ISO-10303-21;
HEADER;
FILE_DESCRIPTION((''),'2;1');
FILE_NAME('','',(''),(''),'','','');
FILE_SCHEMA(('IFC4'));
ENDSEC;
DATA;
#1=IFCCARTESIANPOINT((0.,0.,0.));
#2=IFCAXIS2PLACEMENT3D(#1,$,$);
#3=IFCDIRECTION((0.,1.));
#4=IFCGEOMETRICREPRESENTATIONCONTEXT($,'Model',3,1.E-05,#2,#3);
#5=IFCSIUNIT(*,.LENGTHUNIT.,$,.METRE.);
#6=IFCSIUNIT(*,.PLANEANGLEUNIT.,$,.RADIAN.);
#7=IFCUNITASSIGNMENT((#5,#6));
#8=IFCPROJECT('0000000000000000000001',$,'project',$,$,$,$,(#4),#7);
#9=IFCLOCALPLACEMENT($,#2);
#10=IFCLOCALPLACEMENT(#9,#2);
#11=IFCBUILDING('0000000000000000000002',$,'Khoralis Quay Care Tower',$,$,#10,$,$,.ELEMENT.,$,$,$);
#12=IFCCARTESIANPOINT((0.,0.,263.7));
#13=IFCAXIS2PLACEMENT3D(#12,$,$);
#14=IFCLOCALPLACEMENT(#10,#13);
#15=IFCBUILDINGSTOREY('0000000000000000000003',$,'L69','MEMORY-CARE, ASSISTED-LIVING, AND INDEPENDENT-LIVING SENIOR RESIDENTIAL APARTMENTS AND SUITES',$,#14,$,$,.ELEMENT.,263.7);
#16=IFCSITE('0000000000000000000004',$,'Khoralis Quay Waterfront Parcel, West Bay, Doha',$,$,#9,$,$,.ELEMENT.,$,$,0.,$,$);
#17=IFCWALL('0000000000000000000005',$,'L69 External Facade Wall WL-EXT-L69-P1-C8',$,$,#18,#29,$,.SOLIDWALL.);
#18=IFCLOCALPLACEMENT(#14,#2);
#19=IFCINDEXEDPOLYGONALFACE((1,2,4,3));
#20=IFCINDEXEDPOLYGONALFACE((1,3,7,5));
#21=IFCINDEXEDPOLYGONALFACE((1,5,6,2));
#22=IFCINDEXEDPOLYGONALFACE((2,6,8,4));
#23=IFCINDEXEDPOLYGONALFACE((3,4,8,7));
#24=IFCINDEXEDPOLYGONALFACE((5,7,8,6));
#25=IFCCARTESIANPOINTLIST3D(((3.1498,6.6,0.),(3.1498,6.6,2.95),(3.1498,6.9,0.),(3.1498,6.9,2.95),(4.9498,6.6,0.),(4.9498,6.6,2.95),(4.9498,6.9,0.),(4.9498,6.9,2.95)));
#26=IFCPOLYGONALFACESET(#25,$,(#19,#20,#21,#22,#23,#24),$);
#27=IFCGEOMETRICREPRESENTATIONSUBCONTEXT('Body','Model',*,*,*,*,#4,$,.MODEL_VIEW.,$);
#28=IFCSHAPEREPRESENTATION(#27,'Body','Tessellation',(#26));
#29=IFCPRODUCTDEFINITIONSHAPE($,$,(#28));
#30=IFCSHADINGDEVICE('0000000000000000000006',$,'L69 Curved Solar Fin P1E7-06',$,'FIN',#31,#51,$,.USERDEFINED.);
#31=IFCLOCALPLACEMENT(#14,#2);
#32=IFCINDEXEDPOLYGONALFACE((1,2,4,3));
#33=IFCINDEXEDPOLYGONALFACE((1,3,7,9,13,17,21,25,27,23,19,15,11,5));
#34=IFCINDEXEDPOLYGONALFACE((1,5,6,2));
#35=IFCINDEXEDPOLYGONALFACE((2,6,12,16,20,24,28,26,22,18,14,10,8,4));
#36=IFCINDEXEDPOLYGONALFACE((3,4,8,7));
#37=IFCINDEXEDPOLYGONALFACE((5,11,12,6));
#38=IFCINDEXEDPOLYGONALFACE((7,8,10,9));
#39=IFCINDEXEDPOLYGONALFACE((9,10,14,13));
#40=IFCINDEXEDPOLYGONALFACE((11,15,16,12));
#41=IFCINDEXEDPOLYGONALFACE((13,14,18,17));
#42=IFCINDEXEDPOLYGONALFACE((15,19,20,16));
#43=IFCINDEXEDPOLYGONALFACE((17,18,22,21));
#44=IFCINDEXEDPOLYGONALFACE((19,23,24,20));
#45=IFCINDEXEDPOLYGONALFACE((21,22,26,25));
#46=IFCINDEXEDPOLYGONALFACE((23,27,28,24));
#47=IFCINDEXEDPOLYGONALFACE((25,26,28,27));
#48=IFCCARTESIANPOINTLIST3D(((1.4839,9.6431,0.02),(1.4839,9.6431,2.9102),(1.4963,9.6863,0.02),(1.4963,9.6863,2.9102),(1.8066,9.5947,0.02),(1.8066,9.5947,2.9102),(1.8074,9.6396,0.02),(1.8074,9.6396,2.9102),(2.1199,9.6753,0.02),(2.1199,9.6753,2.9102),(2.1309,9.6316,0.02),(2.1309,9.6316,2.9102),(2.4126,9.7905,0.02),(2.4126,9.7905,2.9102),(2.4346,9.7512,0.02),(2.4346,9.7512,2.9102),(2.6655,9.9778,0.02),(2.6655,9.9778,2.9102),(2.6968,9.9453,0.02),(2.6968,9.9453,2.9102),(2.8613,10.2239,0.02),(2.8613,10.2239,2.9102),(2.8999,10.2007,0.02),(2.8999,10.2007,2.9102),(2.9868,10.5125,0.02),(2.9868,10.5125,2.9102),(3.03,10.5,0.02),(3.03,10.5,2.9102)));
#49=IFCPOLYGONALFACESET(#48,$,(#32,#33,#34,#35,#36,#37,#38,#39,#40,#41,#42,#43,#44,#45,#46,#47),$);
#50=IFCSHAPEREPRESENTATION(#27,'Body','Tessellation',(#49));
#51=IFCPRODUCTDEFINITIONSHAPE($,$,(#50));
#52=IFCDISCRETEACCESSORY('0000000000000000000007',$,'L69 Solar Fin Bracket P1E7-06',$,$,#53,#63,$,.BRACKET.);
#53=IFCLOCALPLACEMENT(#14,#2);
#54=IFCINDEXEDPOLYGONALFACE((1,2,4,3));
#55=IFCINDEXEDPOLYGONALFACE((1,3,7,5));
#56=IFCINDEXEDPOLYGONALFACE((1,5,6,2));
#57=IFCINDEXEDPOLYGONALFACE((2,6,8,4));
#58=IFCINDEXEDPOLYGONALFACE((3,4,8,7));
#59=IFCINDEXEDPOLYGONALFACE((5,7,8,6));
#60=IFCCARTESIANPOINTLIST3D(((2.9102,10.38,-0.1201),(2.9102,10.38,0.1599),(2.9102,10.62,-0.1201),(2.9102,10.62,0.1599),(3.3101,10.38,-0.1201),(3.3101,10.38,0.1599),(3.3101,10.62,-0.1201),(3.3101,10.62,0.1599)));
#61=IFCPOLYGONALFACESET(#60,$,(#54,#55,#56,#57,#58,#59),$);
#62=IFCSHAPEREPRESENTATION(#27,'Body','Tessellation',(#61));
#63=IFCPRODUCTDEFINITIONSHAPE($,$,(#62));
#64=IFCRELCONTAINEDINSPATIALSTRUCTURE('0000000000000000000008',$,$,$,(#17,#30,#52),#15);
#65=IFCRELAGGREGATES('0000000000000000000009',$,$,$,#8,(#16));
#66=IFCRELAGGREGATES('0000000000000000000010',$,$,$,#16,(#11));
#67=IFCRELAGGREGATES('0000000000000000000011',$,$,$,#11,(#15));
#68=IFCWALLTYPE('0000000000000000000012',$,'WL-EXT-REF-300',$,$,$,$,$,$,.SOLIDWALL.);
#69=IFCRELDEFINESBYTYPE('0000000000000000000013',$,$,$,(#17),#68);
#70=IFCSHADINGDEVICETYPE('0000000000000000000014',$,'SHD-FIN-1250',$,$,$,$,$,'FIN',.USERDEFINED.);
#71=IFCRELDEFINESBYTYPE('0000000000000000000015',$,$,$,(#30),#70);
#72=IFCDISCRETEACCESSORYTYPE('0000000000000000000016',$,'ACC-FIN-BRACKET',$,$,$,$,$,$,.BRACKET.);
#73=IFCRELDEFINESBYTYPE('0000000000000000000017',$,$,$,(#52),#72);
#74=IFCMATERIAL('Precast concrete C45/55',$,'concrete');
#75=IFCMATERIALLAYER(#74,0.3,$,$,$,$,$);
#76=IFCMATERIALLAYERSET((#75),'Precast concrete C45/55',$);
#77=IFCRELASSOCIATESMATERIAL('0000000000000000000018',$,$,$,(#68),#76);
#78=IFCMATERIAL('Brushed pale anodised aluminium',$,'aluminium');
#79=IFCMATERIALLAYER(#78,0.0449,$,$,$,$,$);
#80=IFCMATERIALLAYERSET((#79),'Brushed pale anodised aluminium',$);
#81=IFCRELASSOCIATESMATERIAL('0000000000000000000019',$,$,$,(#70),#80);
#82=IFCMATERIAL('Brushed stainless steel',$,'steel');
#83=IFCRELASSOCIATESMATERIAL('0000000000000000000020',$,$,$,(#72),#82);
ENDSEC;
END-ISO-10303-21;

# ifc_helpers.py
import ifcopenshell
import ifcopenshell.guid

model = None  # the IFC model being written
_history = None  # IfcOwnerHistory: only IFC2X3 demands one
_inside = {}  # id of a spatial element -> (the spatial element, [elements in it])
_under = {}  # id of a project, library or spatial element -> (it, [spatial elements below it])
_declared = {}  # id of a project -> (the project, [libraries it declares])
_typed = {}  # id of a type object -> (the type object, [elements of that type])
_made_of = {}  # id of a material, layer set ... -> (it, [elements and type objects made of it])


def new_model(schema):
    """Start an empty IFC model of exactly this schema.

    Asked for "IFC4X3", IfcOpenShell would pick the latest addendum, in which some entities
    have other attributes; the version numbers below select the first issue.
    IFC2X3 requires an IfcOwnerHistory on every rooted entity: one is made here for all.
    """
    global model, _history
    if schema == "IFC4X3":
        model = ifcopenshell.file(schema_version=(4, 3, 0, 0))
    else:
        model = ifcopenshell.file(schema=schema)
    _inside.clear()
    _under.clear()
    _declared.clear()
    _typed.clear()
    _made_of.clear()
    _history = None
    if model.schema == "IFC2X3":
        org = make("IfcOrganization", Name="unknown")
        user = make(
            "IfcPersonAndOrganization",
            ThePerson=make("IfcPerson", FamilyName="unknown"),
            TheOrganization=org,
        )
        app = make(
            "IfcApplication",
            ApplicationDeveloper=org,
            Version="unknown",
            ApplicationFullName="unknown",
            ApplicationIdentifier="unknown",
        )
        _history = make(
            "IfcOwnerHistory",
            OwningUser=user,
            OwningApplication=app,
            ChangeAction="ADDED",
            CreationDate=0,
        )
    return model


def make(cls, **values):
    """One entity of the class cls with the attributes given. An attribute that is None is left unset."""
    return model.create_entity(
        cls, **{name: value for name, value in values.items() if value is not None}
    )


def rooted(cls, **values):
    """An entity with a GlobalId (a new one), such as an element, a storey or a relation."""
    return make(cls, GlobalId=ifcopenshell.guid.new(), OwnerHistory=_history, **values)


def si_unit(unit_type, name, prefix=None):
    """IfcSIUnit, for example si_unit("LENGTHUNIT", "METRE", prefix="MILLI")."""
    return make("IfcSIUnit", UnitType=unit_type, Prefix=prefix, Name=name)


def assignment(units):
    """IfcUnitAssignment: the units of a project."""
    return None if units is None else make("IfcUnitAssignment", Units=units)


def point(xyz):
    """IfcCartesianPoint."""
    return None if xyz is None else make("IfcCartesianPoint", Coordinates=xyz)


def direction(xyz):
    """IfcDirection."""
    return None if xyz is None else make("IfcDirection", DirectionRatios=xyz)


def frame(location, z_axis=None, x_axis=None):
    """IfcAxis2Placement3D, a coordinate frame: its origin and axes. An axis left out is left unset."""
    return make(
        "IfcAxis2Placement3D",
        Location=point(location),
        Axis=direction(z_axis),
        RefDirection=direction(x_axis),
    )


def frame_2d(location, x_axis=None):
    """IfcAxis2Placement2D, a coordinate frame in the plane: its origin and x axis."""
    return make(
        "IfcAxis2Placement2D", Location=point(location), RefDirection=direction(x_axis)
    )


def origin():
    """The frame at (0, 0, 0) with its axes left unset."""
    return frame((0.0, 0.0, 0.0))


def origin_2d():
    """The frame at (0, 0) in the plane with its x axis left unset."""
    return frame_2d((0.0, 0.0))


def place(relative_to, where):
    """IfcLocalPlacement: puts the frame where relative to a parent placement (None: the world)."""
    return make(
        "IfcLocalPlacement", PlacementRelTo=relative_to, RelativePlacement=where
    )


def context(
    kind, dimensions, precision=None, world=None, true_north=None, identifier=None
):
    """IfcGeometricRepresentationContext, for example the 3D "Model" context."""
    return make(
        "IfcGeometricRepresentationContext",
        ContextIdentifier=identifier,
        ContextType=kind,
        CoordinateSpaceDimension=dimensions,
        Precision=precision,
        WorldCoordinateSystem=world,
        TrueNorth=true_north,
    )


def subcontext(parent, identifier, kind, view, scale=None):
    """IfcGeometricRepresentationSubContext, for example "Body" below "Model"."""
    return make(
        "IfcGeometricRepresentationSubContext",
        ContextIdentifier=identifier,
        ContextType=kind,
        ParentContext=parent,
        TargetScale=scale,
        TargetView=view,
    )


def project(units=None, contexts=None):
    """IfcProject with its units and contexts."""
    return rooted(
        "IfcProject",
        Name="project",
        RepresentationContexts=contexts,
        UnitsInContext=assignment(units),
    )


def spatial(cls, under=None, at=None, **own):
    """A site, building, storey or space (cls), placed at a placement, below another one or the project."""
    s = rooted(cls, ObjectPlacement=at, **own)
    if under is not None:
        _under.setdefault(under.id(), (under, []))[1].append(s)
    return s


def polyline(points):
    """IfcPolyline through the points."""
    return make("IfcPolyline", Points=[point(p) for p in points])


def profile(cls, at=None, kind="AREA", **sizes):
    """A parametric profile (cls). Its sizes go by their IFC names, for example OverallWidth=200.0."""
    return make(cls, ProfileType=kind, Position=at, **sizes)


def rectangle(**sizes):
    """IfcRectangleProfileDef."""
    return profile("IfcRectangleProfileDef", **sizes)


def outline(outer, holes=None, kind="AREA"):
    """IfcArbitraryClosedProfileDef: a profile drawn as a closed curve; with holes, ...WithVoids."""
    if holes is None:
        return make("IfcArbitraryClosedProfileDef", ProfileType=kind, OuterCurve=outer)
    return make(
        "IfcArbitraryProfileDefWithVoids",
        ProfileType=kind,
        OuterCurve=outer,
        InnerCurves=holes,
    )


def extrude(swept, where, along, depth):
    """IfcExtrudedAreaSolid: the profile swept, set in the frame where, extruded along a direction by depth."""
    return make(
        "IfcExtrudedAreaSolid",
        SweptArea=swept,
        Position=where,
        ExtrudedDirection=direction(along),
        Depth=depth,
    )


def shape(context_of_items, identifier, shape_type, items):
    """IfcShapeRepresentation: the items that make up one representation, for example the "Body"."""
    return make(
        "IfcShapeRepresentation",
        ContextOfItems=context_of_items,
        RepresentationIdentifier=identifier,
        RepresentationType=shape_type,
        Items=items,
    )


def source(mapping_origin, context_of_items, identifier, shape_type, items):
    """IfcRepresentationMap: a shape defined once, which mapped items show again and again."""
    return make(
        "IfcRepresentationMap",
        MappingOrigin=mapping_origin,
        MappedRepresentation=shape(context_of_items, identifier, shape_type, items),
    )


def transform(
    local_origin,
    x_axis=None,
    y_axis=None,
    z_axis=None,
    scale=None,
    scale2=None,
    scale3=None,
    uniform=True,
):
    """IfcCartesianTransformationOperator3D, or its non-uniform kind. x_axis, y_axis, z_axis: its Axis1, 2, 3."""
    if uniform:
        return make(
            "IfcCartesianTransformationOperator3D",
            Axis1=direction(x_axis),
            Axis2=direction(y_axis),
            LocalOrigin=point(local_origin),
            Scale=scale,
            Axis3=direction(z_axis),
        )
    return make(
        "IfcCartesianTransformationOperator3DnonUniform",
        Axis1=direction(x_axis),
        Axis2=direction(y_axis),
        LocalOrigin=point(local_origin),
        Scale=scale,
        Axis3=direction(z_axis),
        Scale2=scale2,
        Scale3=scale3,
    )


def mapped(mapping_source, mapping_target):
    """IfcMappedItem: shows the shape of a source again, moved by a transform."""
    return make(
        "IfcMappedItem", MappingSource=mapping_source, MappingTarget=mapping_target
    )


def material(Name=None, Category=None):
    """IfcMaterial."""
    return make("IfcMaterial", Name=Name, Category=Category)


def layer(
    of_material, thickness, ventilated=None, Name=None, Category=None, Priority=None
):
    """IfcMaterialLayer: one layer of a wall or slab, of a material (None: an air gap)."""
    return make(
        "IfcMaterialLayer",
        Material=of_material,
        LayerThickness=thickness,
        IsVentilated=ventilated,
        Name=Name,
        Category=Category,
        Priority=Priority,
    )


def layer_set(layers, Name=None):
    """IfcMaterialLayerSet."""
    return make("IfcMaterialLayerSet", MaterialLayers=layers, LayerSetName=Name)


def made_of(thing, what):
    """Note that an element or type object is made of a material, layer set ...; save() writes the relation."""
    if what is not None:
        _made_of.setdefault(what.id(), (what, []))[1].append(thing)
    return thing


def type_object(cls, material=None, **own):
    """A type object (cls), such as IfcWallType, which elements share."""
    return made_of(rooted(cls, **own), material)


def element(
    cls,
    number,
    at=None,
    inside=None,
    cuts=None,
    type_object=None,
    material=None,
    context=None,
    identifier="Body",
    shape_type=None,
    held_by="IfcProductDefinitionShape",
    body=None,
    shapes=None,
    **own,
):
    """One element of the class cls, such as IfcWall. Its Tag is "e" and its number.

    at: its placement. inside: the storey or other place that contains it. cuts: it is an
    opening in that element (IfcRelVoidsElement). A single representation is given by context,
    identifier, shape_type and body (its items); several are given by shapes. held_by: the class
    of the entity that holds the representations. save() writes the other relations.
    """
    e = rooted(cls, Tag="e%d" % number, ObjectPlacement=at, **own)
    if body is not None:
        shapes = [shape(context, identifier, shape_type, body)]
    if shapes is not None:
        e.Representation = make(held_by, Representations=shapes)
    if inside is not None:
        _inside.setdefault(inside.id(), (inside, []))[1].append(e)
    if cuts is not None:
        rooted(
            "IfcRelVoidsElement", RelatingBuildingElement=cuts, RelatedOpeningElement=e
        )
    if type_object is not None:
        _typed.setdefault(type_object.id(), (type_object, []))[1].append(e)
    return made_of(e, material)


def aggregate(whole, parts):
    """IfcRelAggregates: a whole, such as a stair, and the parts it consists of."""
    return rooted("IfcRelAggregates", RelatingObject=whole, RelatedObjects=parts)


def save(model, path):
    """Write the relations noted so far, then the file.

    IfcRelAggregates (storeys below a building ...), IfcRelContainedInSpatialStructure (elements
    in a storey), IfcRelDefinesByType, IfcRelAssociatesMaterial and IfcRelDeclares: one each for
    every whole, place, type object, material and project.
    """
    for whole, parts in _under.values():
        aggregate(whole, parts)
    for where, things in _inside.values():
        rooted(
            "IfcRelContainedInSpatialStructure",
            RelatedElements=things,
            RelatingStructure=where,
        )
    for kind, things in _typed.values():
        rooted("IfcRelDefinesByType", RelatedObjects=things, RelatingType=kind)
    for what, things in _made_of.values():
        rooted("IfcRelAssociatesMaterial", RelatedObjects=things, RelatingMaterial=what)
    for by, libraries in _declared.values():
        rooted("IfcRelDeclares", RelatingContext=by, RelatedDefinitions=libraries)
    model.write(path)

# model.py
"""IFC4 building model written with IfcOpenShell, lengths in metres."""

from ifc_helpers import new_model, si_unit, direction, frame, frame_2d, origin, origin_2d, place, context, subcontext, project, spatial, polyline, rectangle, outline, extrude, source, transform, mapped, material, layer, layer_set, type_object, element, save


model = new_model("IFC4")

# Units and contexts
model_context = context("Model", 3, precision=1e-05, world=origin(), true_north=direction((0.0, 1.0)))
body_context = subcontext(model_context, "Body", "Model", "MODEL_VIEW")
ifc_project = project(units=[si_unit("LENGTHUNIT", "METRE"), si_unit("PLANEANGLEUNIT", "RADIAN")], contexts=[model_context])

# Site, building, storey
site_placement = place(None, origin())
site = spatial("IfcSite", under=ifc_project, at=site_placement, Name="Khoralis Quay Waterfront Parcel, West Bay, Doha", CompositionType="ELEMENT", RefElevation=0.0)
building_placement = place(site_placement, origin())
building = spatial("IfcBuilding", under=site, at=building_placement, Name="Khoralis Quay Care Tower", CompositionType="ELEMENT")
storey_placement = place(building_placement, frame((0.0, 0.0, 263.7)))
storey = spatial("IfcBuildingStorey", under=building, at=storey_placement, Name="L69", Description="MEMORY-CARE, ASSISTED-LIVING, AND INDEPENDENT-LIVING SENIOR RESIDENTIAL APARTMENTS AND SUITES", CompositionType="ELEMENT", Elevation=263.7)

# Shared definitions
ifc_material_1 = material(Name="Precast concrete C45/55", Category="concrete")

# Wall
ifc_layer_1 = layer(ifc_material_1, 0.3)
ifc_layer_set_1 = layer_set([ifc_layer_1], Name="Precast concrete C45/55")
wall_type_1 = type_object("IfcWallType", Name="WL-EXT-REF-300", PredefinedType="SOLIDWALL", material=ifc_layer_set_1)
wall_1_placement = place(storey_placement, frame((3.1499, 6.75, 0.0), z_axis=(0.0, 0.0, 1.0), x_axis=(1.0, 0.0, 0.0)))
element("IfcWall", 1, at=wall_1_placement, inside=storey, type_object=wall_type_1, Name="L69 External Facade Wall WL-EXT-L69-P1-C8", PredefinedType="SOLIDWALL", context=body_context, shape_type="SweptSolid", body=[
    extrude(rectangle(XDim=1.8, YDim=0.3, at=frame_2d((0.8999, 0.0))), origin(), (0.0, 0.0, 1.0), 2.95),
])

# Shading device
ifc_material_2 = material(Name="Brushed pale anodised aluminium", Category="aluminium")
ifc_layer_2 = layer(ifc_material_2, 0.0449)
ifc_layer_set_2 = layer_set([ifc_layer_2], Name="Brushed pale anodised aluminium")
shading_device_type = type_object("IfcShadingDeviceType", Name="SHD-FIN-1250", ElementType="FIN", PredefinedType="USERDEFINED", material=ifc_layer_set_2)
shared_shape_1 = source(origin(), body_context, "Body", "SweptSolid", [
    extrude(outline(polyline([(0.0, 0.0), (0.1301, 0.2993), (0.3333, 0.5547), (0.5955, 0.7488), (0.8992, 0.8684), (1.2234, 0.9053), (1.5461, 0.8569), (1.5337, 0.8137), (1.2227, 0.8604), (0.9102, 0.8247), (0.6174, 0.7095), (0.3645, 0.5222), (0.1687, 0.2761), (0.0432, -0.0125), (0.0, 0.0)])), origin(), (0.0, 0.0, 1.0), 2.8901),
])
shading_device_placement = place(storey_placement, frame((3.03, 10.5, 0.02), z_axis=(0.0, 0.0, 1.0), x_axis=(-1.0, 0.0, 0.0)))
element("IfcShadingDevice", 2, at=shading_device_placement, inside=storey, type_object=shading_device_type, Name="L69 Curved Solar Fin P1E7-06", ObjectType="FIN", PredefinedType="USERDEFINED", context=body_context, shape_type="MappedRepresentation", body=[
    mapped(shared_shape_1, transform((0.0, 0.0, 0.0), scale=1.0)),
])

# Discrete accessory
ifc_material_3 = material(Name="Brushed stainless steel", Category="steel")
discrete_accessory_type = type_object("IfcDiscreteAccessoryType", Name="ACC-FIN-BRACKET", PredefinedType="BRACKET", material=ifc_material_3)
shared_shape_2 = source(origin(), body_context, "Body", "SweptSolid", [
    extrude(rectangle(XDim=0.3999, YDim=0.24, at=origin_2d()), origin(), (0.0, 0.0, 1.0), 0.28),
])
discrete_accessory_placement = place(storey_placement, frame((3.1101, 10.5, -0.1201), z_axis=(0.0, 0.0, 1.0), x_axis=(-1.0, 0.0, 0.0)))
element("IfcDiscreteAccessory", 3, at=discrete_accessory_placement, inside=storey, type_object=discrete_accessory_type, Name="L69 Solar Fin Bracket P1E7-06", PredefinedType="BRACKET", context=body_context, shape_type="MappedRepresentation", body=[
    mapped(shared_shape_2, transform((0.0, 0.0, 0.0), scale=1.0)),
])

save(model, "model.ifc")
